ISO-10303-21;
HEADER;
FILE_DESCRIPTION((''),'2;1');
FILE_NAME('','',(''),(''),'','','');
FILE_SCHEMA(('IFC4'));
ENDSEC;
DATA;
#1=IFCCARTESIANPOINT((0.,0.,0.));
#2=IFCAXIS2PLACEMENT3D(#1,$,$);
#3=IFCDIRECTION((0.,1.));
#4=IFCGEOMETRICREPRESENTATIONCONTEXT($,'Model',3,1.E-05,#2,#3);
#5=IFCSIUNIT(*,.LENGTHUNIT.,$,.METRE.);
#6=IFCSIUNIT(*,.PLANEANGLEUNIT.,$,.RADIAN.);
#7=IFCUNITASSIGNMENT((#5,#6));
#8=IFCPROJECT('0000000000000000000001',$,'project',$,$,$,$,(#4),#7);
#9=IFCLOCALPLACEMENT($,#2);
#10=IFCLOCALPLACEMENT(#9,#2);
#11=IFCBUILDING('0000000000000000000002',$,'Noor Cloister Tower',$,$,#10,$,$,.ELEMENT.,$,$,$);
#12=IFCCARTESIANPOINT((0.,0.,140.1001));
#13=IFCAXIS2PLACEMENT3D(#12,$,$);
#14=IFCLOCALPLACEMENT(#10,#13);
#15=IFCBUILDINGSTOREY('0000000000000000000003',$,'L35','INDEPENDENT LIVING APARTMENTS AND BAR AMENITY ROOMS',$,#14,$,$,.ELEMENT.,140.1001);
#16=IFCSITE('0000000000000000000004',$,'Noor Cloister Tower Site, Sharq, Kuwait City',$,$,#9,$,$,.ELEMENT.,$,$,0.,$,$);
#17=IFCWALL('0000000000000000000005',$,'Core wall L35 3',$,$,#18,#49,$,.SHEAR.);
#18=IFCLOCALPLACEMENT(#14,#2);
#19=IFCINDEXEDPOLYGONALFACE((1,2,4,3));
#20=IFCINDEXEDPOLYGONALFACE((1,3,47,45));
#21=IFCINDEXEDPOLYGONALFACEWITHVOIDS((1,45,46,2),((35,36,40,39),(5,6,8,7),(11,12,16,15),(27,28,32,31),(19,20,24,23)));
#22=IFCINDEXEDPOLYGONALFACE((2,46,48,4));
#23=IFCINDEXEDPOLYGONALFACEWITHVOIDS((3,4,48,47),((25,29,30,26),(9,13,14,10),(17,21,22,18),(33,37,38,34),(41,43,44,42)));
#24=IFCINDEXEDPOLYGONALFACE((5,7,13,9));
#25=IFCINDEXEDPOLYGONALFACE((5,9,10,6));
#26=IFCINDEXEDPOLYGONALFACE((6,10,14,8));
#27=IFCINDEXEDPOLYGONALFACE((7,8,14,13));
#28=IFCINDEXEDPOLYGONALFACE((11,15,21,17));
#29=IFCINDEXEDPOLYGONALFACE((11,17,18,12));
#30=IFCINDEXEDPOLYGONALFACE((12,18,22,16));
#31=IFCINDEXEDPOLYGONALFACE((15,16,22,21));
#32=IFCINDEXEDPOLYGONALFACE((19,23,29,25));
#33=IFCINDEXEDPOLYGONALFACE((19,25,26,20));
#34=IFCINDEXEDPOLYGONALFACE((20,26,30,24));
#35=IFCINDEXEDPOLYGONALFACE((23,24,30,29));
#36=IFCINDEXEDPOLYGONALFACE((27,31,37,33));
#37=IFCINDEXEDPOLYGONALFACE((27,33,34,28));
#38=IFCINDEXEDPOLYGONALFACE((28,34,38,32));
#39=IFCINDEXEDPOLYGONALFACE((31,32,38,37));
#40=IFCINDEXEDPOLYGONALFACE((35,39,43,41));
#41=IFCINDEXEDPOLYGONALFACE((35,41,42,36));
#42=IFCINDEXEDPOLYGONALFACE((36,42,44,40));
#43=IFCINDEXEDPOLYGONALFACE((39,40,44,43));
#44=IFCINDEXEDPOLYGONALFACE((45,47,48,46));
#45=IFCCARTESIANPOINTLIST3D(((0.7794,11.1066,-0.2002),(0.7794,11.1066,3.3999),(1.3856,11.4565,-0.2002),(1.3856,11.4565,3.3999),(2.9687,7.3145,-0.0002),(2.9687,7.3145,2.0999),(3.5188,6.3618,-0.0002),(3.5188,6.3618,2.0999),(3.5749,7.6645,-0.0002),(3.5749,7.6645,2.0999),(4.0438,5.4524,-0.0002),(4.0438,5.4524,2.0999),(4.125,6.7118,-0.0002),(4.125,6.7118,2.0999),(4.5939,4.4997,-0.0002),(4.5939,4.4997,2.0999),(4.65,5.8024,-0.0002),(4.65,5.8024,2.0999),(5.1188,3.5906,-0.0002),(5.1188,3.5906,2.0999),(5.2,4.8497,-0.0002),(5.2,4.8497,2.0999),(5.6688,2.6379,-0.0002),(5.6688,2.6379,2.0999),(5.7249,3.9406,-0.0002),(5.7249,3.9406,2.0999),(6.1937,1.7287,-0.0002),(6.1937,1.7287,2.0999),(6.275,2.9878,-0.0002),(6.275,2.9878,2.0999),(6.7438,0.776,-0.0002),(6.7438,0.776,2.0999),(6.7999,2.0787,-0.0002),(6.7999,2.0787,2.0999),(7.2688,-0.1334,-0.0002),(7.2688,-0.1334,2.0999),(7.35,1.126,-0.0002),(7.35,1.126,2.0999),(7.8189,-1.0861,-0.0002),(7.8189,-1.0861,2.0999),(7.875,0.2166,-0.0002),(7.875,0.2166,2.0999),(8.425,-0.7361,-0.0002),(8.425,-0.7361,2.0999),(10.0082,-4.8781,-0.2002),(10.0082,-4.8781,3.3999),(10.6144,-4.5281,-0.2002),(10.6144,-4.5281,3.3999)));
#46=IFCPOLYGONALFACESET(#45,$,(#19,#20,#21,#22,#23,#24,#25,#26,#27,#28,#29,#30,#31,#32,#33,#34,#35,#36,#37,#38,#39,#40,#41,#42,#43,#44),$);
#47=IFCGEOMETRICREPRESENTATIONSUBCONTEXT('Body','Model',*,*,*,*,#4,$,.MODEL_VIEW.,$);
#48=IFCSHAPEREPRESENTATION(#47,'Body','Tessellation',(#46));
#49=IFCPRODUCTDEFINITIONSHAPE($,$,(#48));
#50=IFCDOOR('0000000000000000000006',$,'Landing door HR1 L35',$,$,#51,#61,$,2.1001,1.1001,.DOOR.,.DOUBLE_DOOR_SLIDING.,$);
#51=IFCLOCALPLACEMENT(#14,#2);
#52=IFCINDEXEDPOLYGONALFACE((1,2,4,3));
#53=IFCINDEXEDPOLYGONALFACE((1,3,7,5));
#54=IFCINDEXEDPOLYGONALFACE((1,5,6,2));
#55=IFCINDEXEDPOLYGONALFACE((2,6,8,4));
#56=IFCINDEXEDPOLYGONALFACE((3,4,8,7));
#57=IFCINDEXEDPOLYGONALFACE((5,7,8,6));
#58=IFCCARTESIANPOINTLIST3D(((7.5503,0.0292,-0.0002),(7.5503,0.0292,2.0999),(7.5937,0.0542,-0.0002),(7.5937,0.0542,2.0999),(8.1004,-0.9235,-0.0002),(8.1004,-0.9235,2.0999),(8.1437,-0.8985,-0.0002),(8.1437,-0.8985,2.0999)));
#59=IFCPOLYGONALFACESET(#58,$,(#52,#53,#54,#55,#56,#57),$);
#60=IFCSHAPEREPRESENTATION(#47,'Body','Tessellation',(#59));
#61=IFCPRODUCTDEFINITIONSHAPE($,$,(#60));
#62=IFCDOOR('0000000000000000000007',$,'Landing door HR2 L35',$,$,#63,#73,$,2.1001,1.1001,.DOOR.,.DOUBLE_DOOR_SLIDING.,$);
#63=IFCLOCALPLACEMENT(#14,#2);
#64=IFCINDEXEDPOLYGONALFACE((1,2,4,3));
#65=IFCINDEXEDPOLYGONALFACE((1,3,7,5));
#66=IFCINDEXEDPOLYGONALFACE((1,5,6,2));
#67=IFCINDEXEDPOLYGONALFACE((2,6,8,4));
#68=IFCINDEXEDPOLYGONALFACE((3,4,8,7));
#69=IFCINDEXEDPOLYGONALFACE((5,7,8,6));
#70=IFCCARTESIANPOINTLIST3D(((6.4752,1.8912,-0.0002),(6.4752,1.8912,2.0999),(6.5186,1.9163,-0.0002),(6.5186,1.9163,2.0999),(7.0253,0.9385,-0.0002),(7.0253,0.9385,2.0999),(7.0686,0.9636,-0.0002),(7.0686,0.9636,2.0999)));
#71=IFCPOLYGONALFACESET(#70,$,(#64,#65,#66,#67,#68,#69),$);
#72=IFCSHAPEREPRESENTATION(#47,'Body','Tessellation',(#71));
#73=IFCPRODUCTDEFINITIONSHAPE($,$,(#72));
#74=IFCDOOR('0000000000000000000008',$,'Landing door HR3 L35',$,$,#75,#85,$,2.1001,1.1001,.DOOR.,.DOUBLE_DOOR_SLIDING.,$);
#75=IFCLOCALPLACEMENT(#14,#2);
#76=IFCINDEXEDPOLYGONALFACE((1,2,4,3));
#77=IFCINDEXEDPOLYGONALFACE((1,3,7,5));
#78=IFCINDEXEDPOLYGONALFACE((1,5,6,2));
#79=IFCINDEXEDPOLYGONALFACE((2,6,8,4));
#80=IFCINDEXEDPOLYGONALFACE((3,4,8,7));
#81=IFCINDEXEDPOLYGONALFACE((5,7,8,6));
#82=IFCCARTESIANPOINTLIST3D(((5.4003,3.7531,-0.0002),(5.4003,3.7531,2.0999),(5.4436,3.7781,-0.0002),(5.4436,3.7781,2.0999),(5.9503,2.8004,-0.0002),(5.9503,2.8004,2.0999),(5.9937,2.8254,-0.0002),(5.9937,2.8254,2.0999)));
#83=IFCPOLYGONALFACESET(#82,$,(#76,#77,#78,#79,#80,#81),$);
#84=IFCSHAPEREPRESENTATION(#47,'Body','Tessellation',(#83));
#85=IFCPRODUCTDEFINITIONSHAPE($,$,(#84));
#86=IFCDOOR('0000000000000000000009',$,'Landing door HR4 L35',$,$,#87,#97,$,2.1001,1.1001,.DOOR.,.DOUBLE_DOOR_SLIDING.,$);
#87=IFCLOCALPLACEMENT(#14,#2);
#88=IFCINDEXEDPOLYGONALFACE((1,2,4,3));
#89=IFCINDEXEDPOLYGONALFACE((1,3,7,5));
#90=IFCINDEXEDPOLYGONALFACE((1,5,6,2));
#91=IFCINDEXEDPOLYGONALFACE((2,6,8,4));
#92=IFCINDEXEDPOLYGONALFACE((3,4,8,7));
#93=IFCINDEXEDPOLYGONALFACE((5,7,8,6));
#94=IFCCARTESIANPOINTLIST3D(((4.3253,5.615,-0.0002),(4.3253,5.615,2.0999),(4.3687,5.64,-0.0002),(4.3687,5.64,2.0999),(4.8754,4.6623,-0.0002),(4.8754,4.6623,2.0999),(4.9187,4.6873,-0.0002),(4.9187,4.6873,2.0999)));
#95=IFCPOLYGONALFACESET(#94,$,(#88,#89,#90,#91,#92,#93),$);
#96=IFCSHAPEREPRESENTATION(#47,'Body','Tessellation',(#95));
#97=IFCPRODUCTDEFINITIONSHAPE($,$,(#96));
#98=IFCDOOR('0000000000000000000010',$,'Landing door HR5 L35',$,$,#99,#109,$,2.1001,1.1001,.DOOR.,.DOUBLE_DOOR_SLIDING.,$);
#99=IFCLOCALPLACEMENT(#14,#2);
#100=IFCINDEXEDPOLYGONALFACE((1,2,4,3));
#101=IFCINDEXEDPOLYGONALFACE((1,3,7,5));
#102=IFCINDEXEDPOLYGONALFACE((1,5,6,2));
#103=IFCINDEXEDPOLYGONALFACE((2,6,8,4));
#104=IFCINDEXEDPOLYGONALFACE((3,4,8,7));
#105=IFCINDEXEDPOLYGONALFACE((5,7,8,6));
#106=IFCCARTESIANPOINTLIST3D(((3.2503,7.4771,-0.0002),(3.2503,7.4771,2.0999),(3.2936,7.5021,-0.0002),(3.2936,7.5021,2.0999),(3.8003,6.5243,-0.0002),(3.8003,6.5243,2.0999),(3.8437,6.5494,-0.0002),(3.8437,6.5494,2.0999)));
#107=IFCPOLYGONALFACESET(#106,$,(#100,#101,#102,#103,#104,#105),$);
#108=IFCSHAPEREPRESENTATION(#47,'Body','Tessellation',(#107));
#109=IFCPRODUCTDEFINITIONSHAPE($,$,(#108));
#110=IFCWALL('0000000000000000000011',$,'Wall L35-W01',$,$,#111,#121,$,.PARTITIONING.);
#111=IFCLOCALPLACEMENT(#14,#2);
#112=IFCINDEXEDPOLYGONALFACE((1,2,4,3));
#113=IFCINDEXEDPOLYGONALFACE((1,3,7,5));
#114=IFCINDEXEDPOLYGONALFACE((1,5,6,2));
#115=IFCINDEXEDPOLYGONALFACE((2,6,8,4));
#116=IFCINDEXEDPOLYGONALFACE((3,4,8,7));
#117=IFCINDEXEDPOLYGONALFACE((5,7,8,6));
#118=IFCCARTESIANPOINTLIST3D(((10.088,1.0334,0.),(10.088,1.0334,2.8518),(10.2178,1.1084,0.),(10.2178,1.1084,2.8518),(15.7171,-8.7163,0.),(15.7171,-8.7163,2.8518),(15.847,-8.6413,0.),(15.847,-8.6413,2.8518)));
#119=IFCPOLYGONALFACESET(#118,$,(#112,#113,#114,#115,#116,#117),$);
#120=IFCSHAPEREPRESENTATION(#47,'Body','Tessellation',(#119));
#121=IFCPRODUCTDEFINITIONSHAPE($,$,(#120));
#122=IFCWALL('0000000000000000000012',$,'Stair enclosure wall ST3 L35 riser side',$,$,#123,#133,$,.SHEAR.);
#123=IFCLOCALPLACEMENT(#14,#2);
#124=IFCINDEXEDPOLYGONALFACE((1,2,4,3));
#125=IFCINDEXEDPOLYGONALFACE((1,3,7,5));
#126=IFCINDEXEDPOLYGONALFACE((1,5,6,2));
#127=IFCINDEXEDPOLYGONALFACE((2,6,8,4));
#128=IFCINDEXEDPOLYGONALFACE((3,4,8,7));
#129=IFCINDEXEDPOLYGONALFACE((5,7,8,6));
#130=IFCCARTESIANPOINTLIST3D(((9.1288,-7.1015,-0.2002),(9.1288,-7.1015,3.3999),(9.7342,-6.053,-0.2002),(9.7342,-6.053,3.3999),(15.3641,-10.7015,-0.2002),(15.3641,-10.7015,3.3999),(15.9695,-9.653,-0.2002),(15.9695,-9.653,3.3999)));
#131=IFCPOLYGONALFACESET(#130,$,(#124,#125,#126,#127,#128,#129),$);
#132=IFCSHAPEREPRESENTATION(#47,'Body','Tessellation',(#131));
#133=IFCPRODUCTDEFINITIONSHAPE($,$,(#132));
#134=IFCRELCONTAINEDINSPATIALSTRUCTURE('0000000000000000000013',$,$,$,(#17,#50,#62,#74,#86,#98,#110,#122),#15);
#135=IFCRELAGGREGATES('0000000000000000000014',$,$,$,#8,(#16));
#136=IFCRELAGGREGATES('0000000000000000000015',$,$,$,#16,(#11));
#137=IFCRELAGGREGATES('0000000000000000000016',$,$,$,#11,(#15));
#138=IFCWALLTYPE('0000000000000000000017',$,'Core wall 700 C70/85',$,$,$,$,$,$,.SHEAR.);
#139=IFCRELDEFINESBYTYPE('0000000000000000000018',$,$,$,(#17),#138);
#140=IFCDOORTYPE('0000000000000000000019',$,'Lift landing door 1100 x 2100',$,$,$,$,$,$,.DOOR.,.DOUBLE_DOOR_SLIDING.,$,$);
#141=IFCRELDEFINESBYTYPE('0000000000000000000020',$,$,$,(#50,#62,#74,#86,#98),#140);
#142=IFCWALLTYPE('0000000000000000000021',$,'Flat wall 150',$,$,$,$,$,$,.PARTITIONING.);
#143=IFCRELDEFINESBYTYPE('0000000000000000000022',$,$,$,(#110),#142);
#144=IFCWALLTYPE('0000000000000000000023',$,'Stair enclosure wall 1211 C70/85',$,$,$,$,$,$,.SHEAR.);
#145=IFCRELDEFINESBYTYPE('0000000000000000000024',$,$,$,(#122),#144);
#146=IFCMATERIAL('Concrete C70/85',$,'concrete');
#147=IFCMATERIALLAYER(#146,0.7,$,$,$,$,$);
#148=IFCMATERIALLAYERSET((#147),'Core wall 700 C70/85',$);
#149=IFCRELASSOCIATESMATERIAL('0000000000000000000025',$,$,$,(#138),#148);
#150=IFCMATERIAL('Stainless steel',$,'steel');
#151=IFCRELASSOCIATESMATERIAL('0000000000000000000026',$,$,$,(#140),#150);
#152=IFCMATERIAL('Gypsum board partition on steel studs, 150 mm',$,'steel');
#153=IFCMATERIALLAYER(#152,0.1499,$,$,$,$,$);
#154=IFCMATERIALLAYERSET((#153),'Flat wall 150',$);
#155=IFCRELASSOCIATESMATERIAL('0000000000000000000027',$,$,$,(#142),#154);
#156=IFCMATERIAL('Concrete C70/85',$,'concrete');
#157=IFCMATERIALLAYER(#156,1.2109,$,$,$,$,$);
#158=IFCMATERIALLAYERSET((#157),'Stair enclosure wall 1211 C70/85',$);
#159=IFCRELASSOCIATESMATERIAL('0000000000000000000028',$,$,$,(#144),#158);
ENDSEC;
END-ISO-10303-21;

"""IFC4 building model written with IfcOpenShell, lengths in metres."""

from ifc_helpers import new_model, si_unit, direction, frame, frame_2d, origin, place, context, subcontext, project, spatial, rectangle, extrude, material, layer, layer_set, type_object, element, fill, save


model = new_model("IFC4")

# Units and contexts
model_context = context("Model", 3, precision=1e-05, world=origin(), true_north=direction((0.0, 1.0)))
body_context = subcontext(model_context, "Body", "Model", "MODEL_VIEW")
ifc_project = project(units=[si_unit("LENGTHUNIT", "METRE"), si_unit("PLANEANGLEUNIT", "RADIAN")], contexts=[model_context])

# Site, building, storey
site_placement = place(None, origin())
site = spatial("IfcSite", under=ifc_project, at=site_placement, Name="Noor Cloister Tower Site, Sharq, Kuwait City", CompositionType="ELEMENT", RefElevation=0.0)
building_placement = place(site_placement, origin())
building = spatial("IfcBuilding", under=site, at=building_placement, Name="Noor Cloister Tower", CompositionType="ELEMENT")
storey_placement = place(building_placement, frame((0.0, 0.0, 140.1001)))
storey = spatial("IfcBuildingStorey", under=building, at=storey_placement, Name="L35", Description="INDEPENDENT LIVING APARTMENTS AND BAR AMENITY ROOMS", CompositionType="ELEMENT", Elevation=140.1001)

# Wall, openings, doors
ifc_material_1 = material(Name="Concrete C70/85", Category="concrete")
ifc_layer_1 = layer(ifc_material_1, 0.7)
ifc_layer_set_1 = layer_set([ifc_layer_1], Name="Core wall 700 C70/85")
wall_type_1 = type_object("IfcWallType", Name="Core wall 700 C70/85", PredefinedType="SHEAR", material=ifc_layer_set_1)
wall_1_placement = place(storey_placement, frame((10.3113, -4.7031, -0.2002), z_axis=(0.0, 0.0, 1.0), x_axis=(-0.500001, 0.866025, 0.0)))
wall_1 = element("IfcWall", 1, at=wall_1_placement, inside=storey, type_object=wall_type_1, Name="Core wall L35 3", PredefinedType="SHEAR", context=body_context, shape_type="SweptSolid", body=[
    extrude(rectangle(XDim=18.4575, YDim=0.7, at=frame_2d((9.2288, 0.0))), origin(), (0.0, 0.0, 1.0), 3.6001),
])
opening_1_placement = place(wall_1_placement, frame((4.3787, 0.0, 0.2)))
opening_1 = element("IfcOpeningElement", 2, at=opening_1_placement, cuts=wall_1, PredefinedType="OPENING", context=body_context, shape_type="SweptSolid", body=[
    extrude(rectangle(XDim=1.1001, YDim=2.1001, at=frame_2d((0.55, 1.05))), frame((0.0, 0.3599, 0.0), z_axis=(0.0, -1.0, 0.0), x_axis=(1.0, 0.0, 0.0)), (0.0, 0.0, 1.0), 0.72),
])
opening_2_placement = place(wall_1_placement, frame((6.5288, 0.0, 0.2)))
opening_2 = element("IfcOpeningElement", 3, at=opening_2_placement, cuts=wall_1, PredefinedType="OPENING", context=body_context, shape_type="SweptSolid", body=[
    extrude(rectangle(XDim=1.1001, YDim=2.1001, at=frame_2d((0.55, 1.05))), frame((0.0, 0.3599, 0.0), z_axis=(0.0, -1.0, 0.0), x_axis=(1.0, 0.0, 0.0)), (0.0, 0.0, 1.0), 0.72),
])
opening_3_placement = place(wall_1_placement, frame((8.6787, 0.0, 0.2)))
opening_3 = element("IfcOpeningElement", 4, at=opening_3_placement, cuts=wall_1, PredefinedType="OPENING", context=body_context, shape_type="SweptSolid", body=[
    extrude(rectangle(XDim=1.1001, YDim=2.1001, at=frame_2d((0.55, 1.05))), frame((0.0, 0.3599, 0.0), z_axis=(0.0, -1.0, 0.0), x_axis=(1.0, 0.0, 0.0)), (0.0, 0.0, 1.0), 0.72),
])
opening_4_placement = place(wall_1_placement, frame((10.8286, 0.0, 0.2)))
opening_4 = element("IfcOpeningElement", 5, at=opening_4_placement, cuts=wall_1, PredefinedType="OPENING", context=body_context, shape_type="SweptSolid", body=[
    extrude(rectangle(XDim=1.1001, YDim=2.1001, at=frame_2d((0.55, 1.05))), frame((0.0, 0.3599, 0.0), z_axis=(0.0, -1.0, 0.0), x_axis=(1.0, 0.0, 0.0)), (0.0, 0.0, 1.0), 0.72),
])
opening_5_placement = place(wall_1_placement, frame((12.9788, 0.0, 0.2)))
opening_5 = element("IfcOpeningElement", 6, at=opening_5_placement, cuts=wall_1, PredefinedType="OPENING", context=body_context, shape_type="SweptSolid", body=[
    extrude(rectangle(XDim=1.1001, YDim=2.1001, at=frame_2d((0.55, 1.05))), frame((0.0, 0.3599, 0.0), z_axis=(0.0, -1.0, 0.0), x_axis=(1.0, 0.0, 0.0)), (0.0, 0.0, 1.0), 0.72),
])
ifc_material_2 = material(Name="Stainless steel", Category="steel")
door_type = type_object("IfcDoorType", Name="Lift landing door 1100 x 2100", OperationType="DOUBLE_DOOR_SLIDING", PredefinedType="DOOR", material=ifc_material_2)
door_1_placement = place(opening_1_placement, origin())
door_1 = element("IfcDoor", 7, at=door_1_placement, inside=storey, type_object=door_type, Name="Landing door HR1 L35", OperationType="DOUBLE_DOOR_SLIDING", OverallHeight=2.1001, OverallWidth=1.1001, PredefinedType="DOOR", context=body_context, shape_type="SweptSolid", body=[
    extrude(rectangle(XDim=1.1001, YDim=2.1001, at=frame_2d((0.55, 1.05))), frame((0.0, 0.0249, 0.0), z_axis=(0.0, -1.0, 0.0), x_axis=(1.0, 0.0, 0.0)), (0.0, 0.0, 1.0), 0.05),
])
fill(opening_1, door_1)
door_2_placement = place(opening_2_placement, origin())
door_2 = element("IfcDoor", 8, at=door_2_placement, inside=storey, type_object=door_type, Name="Landing door HR2 L35", OperationType="DOUBLE_DOOR_SLIDING", OverallHeight=2.1001, OverallWidth=1.1001, PredefinedType="DOOR", context=body_context, shape_type="SweptSolid", body=[
    extrude(rectangle(XDim=1.1001, YDim=2.1001, at=frame_2d((0.55, 1.05))), frame((0.0, 0.0249, 0.0), z_axis=(0.0, -1.0, 0.0), x_axis=(1.0, 0.0, 0.0)), (0.0, 0.0, 1.0), 0.05),
])
fill(opening_2, door_2)
door_3_placement = place(opening_3_placement, origin())
door_3 = element("IfcDoor", 9, at=door_3_placement, inside=storey, type_object=door_type, Name="Landing door HR3 L35", OperationType="DOUBLE_DOOR_SLIDING", OverallHeight=2.1001, OverallWidth=1.1001, PredefinedType="DOOR", context=body_context, shape_type="SweptSolid", body=[
    extrude(rectangle(XDim=1.1001, YDim=2.1001, at=frame_2d((0.55, 1.05))), frame((0.0, 0.0249, 0.0), z_axis=(0.0, -1.0, 0.0), x_axis=(1.0, 0.0, 0.0)), (0.0, 0.0, 1.0), 0.05),
])
fill(opening_3, door_3)
door_4_placement = place(opening_4_placement, origin())
door_4 = element("IfcDoor", 10, at=door_4_placement, inside=storey, type_object=door_type, Name="Landing door HR4 L35", OperationType="DOUBLE_DOOR_SLIDING", OverallHeight=2.1001, OverallWidth=1.1001, PredefinedType="DOOR", context=body_context, shape_type="SweptSolid", body=[
    extrude(rectangle(XDim=1.1001, YDim=2.1001, at=frame_2d((0.55, 1.05))), frame((0.0, 0.0249, 0.0), z_axis=(0.0, -1.0, 0.0), x_axis=(1.0, 0.0, 0.0)), (0.0, 0.0, 1.0), 0.05),
])
fill(opening_4, door_4)
door_5_placement = place(opening_5_placement, origin())
door_5 = element("IfcDoor", 11, at=door_5_placement, inside=storey, type_object=door_type, Name="Landing door HR5 L35", OperationType="DOUBLE_DOOR_SLIDING", OverallHeight=2.1001, OverallWidth=1.1001, PredefinedType="DOOR", context=body_context, shape_type="SweptSolid", body=[
    extrude(rectangle(XDim=1.1001, YDim=2.1001, at=frame_2d((0.55, 1.05))), frame((0.0, 0.0249, 0.0), z_axis=(0.0, -1.0, 0.0), x_axis=(1.0, 0.0, 0.0)), (0.0, 0.0, 1.0), 0.05),
])
fill(opening_5, door_5)

# Walls
ifc_material_3 = material(Name="Gypsum board partition on steel studs, 150 mm", Category="steel")
ifc_layer_2 = layer(ifc_material_3, 0.1499)
ifc_layer_set_2 = layer_set([ifc_layer_2], Name="Flat wall 150")
wall_type_2 = type_object("IfcWallType", Name="Flat wall 150", PredefinedType="PARTITIONING", material=ifc_layer_set_2)
wall_2_placement = place(storey_placement, frame((15.782, -8.6787, 0.0), z_axis=(0.0, 0.0, 1.0), x_axis=(-0.500008, 0.866021, 0.0)))
element("IfcWall", 12, at=wall_2_placement, inside=storey, type_object=wall_type_2, Name="Wall L35-W01", PredefinedType="PARTITIONING", context=body_context, shape_type="SweptSolid", body=[
    extrude(rectangle(XDim=11.2581, YDim=0.1499, at=frame_2d((5.6289, 0.0))), origin(), (0.0, 0.0, 1.0), 2.8518),
])
ifc_material_4 = material(Name="Concrete C70/85", Category="concrete")
ifc_layer_3 = layer(ifc_material_4, 1.2109)
ifc_layer_set_3 = layer_set([ifc_layer_3], Name="Stair enclosure wall 1211 C70/85")
wall_type_3 = type_object("IfcWallType", Name="Stair enclosure wall 1211 C70/85", PredefinedType="SHEAR", material=ifc_layer_set_3)
wall_3_placement = place(storey_placement, frame((9.4314, -6.5771, -0.2002), z_axis=(0.0, 0.0, 1.0), x_axis=(0.866018, -0.500012, 0.0)))
element("IfcWall", 13, at=wall_3_placement, inside=storey, type_object=wall_type_3, Name="Stair enclosure wall ST3 L35 riser side", PredefinedType="SHEAR", context=body_context, shape_type="SweptSolid", body=[
    extrude(rectangle(XDim=7.2, YDim=1.2107, at=frame_2d((3.6001, 0.0))), origin(), (0.0, 0.0, 1.0), 3.6001),
])

save(model, "model.ifc")
